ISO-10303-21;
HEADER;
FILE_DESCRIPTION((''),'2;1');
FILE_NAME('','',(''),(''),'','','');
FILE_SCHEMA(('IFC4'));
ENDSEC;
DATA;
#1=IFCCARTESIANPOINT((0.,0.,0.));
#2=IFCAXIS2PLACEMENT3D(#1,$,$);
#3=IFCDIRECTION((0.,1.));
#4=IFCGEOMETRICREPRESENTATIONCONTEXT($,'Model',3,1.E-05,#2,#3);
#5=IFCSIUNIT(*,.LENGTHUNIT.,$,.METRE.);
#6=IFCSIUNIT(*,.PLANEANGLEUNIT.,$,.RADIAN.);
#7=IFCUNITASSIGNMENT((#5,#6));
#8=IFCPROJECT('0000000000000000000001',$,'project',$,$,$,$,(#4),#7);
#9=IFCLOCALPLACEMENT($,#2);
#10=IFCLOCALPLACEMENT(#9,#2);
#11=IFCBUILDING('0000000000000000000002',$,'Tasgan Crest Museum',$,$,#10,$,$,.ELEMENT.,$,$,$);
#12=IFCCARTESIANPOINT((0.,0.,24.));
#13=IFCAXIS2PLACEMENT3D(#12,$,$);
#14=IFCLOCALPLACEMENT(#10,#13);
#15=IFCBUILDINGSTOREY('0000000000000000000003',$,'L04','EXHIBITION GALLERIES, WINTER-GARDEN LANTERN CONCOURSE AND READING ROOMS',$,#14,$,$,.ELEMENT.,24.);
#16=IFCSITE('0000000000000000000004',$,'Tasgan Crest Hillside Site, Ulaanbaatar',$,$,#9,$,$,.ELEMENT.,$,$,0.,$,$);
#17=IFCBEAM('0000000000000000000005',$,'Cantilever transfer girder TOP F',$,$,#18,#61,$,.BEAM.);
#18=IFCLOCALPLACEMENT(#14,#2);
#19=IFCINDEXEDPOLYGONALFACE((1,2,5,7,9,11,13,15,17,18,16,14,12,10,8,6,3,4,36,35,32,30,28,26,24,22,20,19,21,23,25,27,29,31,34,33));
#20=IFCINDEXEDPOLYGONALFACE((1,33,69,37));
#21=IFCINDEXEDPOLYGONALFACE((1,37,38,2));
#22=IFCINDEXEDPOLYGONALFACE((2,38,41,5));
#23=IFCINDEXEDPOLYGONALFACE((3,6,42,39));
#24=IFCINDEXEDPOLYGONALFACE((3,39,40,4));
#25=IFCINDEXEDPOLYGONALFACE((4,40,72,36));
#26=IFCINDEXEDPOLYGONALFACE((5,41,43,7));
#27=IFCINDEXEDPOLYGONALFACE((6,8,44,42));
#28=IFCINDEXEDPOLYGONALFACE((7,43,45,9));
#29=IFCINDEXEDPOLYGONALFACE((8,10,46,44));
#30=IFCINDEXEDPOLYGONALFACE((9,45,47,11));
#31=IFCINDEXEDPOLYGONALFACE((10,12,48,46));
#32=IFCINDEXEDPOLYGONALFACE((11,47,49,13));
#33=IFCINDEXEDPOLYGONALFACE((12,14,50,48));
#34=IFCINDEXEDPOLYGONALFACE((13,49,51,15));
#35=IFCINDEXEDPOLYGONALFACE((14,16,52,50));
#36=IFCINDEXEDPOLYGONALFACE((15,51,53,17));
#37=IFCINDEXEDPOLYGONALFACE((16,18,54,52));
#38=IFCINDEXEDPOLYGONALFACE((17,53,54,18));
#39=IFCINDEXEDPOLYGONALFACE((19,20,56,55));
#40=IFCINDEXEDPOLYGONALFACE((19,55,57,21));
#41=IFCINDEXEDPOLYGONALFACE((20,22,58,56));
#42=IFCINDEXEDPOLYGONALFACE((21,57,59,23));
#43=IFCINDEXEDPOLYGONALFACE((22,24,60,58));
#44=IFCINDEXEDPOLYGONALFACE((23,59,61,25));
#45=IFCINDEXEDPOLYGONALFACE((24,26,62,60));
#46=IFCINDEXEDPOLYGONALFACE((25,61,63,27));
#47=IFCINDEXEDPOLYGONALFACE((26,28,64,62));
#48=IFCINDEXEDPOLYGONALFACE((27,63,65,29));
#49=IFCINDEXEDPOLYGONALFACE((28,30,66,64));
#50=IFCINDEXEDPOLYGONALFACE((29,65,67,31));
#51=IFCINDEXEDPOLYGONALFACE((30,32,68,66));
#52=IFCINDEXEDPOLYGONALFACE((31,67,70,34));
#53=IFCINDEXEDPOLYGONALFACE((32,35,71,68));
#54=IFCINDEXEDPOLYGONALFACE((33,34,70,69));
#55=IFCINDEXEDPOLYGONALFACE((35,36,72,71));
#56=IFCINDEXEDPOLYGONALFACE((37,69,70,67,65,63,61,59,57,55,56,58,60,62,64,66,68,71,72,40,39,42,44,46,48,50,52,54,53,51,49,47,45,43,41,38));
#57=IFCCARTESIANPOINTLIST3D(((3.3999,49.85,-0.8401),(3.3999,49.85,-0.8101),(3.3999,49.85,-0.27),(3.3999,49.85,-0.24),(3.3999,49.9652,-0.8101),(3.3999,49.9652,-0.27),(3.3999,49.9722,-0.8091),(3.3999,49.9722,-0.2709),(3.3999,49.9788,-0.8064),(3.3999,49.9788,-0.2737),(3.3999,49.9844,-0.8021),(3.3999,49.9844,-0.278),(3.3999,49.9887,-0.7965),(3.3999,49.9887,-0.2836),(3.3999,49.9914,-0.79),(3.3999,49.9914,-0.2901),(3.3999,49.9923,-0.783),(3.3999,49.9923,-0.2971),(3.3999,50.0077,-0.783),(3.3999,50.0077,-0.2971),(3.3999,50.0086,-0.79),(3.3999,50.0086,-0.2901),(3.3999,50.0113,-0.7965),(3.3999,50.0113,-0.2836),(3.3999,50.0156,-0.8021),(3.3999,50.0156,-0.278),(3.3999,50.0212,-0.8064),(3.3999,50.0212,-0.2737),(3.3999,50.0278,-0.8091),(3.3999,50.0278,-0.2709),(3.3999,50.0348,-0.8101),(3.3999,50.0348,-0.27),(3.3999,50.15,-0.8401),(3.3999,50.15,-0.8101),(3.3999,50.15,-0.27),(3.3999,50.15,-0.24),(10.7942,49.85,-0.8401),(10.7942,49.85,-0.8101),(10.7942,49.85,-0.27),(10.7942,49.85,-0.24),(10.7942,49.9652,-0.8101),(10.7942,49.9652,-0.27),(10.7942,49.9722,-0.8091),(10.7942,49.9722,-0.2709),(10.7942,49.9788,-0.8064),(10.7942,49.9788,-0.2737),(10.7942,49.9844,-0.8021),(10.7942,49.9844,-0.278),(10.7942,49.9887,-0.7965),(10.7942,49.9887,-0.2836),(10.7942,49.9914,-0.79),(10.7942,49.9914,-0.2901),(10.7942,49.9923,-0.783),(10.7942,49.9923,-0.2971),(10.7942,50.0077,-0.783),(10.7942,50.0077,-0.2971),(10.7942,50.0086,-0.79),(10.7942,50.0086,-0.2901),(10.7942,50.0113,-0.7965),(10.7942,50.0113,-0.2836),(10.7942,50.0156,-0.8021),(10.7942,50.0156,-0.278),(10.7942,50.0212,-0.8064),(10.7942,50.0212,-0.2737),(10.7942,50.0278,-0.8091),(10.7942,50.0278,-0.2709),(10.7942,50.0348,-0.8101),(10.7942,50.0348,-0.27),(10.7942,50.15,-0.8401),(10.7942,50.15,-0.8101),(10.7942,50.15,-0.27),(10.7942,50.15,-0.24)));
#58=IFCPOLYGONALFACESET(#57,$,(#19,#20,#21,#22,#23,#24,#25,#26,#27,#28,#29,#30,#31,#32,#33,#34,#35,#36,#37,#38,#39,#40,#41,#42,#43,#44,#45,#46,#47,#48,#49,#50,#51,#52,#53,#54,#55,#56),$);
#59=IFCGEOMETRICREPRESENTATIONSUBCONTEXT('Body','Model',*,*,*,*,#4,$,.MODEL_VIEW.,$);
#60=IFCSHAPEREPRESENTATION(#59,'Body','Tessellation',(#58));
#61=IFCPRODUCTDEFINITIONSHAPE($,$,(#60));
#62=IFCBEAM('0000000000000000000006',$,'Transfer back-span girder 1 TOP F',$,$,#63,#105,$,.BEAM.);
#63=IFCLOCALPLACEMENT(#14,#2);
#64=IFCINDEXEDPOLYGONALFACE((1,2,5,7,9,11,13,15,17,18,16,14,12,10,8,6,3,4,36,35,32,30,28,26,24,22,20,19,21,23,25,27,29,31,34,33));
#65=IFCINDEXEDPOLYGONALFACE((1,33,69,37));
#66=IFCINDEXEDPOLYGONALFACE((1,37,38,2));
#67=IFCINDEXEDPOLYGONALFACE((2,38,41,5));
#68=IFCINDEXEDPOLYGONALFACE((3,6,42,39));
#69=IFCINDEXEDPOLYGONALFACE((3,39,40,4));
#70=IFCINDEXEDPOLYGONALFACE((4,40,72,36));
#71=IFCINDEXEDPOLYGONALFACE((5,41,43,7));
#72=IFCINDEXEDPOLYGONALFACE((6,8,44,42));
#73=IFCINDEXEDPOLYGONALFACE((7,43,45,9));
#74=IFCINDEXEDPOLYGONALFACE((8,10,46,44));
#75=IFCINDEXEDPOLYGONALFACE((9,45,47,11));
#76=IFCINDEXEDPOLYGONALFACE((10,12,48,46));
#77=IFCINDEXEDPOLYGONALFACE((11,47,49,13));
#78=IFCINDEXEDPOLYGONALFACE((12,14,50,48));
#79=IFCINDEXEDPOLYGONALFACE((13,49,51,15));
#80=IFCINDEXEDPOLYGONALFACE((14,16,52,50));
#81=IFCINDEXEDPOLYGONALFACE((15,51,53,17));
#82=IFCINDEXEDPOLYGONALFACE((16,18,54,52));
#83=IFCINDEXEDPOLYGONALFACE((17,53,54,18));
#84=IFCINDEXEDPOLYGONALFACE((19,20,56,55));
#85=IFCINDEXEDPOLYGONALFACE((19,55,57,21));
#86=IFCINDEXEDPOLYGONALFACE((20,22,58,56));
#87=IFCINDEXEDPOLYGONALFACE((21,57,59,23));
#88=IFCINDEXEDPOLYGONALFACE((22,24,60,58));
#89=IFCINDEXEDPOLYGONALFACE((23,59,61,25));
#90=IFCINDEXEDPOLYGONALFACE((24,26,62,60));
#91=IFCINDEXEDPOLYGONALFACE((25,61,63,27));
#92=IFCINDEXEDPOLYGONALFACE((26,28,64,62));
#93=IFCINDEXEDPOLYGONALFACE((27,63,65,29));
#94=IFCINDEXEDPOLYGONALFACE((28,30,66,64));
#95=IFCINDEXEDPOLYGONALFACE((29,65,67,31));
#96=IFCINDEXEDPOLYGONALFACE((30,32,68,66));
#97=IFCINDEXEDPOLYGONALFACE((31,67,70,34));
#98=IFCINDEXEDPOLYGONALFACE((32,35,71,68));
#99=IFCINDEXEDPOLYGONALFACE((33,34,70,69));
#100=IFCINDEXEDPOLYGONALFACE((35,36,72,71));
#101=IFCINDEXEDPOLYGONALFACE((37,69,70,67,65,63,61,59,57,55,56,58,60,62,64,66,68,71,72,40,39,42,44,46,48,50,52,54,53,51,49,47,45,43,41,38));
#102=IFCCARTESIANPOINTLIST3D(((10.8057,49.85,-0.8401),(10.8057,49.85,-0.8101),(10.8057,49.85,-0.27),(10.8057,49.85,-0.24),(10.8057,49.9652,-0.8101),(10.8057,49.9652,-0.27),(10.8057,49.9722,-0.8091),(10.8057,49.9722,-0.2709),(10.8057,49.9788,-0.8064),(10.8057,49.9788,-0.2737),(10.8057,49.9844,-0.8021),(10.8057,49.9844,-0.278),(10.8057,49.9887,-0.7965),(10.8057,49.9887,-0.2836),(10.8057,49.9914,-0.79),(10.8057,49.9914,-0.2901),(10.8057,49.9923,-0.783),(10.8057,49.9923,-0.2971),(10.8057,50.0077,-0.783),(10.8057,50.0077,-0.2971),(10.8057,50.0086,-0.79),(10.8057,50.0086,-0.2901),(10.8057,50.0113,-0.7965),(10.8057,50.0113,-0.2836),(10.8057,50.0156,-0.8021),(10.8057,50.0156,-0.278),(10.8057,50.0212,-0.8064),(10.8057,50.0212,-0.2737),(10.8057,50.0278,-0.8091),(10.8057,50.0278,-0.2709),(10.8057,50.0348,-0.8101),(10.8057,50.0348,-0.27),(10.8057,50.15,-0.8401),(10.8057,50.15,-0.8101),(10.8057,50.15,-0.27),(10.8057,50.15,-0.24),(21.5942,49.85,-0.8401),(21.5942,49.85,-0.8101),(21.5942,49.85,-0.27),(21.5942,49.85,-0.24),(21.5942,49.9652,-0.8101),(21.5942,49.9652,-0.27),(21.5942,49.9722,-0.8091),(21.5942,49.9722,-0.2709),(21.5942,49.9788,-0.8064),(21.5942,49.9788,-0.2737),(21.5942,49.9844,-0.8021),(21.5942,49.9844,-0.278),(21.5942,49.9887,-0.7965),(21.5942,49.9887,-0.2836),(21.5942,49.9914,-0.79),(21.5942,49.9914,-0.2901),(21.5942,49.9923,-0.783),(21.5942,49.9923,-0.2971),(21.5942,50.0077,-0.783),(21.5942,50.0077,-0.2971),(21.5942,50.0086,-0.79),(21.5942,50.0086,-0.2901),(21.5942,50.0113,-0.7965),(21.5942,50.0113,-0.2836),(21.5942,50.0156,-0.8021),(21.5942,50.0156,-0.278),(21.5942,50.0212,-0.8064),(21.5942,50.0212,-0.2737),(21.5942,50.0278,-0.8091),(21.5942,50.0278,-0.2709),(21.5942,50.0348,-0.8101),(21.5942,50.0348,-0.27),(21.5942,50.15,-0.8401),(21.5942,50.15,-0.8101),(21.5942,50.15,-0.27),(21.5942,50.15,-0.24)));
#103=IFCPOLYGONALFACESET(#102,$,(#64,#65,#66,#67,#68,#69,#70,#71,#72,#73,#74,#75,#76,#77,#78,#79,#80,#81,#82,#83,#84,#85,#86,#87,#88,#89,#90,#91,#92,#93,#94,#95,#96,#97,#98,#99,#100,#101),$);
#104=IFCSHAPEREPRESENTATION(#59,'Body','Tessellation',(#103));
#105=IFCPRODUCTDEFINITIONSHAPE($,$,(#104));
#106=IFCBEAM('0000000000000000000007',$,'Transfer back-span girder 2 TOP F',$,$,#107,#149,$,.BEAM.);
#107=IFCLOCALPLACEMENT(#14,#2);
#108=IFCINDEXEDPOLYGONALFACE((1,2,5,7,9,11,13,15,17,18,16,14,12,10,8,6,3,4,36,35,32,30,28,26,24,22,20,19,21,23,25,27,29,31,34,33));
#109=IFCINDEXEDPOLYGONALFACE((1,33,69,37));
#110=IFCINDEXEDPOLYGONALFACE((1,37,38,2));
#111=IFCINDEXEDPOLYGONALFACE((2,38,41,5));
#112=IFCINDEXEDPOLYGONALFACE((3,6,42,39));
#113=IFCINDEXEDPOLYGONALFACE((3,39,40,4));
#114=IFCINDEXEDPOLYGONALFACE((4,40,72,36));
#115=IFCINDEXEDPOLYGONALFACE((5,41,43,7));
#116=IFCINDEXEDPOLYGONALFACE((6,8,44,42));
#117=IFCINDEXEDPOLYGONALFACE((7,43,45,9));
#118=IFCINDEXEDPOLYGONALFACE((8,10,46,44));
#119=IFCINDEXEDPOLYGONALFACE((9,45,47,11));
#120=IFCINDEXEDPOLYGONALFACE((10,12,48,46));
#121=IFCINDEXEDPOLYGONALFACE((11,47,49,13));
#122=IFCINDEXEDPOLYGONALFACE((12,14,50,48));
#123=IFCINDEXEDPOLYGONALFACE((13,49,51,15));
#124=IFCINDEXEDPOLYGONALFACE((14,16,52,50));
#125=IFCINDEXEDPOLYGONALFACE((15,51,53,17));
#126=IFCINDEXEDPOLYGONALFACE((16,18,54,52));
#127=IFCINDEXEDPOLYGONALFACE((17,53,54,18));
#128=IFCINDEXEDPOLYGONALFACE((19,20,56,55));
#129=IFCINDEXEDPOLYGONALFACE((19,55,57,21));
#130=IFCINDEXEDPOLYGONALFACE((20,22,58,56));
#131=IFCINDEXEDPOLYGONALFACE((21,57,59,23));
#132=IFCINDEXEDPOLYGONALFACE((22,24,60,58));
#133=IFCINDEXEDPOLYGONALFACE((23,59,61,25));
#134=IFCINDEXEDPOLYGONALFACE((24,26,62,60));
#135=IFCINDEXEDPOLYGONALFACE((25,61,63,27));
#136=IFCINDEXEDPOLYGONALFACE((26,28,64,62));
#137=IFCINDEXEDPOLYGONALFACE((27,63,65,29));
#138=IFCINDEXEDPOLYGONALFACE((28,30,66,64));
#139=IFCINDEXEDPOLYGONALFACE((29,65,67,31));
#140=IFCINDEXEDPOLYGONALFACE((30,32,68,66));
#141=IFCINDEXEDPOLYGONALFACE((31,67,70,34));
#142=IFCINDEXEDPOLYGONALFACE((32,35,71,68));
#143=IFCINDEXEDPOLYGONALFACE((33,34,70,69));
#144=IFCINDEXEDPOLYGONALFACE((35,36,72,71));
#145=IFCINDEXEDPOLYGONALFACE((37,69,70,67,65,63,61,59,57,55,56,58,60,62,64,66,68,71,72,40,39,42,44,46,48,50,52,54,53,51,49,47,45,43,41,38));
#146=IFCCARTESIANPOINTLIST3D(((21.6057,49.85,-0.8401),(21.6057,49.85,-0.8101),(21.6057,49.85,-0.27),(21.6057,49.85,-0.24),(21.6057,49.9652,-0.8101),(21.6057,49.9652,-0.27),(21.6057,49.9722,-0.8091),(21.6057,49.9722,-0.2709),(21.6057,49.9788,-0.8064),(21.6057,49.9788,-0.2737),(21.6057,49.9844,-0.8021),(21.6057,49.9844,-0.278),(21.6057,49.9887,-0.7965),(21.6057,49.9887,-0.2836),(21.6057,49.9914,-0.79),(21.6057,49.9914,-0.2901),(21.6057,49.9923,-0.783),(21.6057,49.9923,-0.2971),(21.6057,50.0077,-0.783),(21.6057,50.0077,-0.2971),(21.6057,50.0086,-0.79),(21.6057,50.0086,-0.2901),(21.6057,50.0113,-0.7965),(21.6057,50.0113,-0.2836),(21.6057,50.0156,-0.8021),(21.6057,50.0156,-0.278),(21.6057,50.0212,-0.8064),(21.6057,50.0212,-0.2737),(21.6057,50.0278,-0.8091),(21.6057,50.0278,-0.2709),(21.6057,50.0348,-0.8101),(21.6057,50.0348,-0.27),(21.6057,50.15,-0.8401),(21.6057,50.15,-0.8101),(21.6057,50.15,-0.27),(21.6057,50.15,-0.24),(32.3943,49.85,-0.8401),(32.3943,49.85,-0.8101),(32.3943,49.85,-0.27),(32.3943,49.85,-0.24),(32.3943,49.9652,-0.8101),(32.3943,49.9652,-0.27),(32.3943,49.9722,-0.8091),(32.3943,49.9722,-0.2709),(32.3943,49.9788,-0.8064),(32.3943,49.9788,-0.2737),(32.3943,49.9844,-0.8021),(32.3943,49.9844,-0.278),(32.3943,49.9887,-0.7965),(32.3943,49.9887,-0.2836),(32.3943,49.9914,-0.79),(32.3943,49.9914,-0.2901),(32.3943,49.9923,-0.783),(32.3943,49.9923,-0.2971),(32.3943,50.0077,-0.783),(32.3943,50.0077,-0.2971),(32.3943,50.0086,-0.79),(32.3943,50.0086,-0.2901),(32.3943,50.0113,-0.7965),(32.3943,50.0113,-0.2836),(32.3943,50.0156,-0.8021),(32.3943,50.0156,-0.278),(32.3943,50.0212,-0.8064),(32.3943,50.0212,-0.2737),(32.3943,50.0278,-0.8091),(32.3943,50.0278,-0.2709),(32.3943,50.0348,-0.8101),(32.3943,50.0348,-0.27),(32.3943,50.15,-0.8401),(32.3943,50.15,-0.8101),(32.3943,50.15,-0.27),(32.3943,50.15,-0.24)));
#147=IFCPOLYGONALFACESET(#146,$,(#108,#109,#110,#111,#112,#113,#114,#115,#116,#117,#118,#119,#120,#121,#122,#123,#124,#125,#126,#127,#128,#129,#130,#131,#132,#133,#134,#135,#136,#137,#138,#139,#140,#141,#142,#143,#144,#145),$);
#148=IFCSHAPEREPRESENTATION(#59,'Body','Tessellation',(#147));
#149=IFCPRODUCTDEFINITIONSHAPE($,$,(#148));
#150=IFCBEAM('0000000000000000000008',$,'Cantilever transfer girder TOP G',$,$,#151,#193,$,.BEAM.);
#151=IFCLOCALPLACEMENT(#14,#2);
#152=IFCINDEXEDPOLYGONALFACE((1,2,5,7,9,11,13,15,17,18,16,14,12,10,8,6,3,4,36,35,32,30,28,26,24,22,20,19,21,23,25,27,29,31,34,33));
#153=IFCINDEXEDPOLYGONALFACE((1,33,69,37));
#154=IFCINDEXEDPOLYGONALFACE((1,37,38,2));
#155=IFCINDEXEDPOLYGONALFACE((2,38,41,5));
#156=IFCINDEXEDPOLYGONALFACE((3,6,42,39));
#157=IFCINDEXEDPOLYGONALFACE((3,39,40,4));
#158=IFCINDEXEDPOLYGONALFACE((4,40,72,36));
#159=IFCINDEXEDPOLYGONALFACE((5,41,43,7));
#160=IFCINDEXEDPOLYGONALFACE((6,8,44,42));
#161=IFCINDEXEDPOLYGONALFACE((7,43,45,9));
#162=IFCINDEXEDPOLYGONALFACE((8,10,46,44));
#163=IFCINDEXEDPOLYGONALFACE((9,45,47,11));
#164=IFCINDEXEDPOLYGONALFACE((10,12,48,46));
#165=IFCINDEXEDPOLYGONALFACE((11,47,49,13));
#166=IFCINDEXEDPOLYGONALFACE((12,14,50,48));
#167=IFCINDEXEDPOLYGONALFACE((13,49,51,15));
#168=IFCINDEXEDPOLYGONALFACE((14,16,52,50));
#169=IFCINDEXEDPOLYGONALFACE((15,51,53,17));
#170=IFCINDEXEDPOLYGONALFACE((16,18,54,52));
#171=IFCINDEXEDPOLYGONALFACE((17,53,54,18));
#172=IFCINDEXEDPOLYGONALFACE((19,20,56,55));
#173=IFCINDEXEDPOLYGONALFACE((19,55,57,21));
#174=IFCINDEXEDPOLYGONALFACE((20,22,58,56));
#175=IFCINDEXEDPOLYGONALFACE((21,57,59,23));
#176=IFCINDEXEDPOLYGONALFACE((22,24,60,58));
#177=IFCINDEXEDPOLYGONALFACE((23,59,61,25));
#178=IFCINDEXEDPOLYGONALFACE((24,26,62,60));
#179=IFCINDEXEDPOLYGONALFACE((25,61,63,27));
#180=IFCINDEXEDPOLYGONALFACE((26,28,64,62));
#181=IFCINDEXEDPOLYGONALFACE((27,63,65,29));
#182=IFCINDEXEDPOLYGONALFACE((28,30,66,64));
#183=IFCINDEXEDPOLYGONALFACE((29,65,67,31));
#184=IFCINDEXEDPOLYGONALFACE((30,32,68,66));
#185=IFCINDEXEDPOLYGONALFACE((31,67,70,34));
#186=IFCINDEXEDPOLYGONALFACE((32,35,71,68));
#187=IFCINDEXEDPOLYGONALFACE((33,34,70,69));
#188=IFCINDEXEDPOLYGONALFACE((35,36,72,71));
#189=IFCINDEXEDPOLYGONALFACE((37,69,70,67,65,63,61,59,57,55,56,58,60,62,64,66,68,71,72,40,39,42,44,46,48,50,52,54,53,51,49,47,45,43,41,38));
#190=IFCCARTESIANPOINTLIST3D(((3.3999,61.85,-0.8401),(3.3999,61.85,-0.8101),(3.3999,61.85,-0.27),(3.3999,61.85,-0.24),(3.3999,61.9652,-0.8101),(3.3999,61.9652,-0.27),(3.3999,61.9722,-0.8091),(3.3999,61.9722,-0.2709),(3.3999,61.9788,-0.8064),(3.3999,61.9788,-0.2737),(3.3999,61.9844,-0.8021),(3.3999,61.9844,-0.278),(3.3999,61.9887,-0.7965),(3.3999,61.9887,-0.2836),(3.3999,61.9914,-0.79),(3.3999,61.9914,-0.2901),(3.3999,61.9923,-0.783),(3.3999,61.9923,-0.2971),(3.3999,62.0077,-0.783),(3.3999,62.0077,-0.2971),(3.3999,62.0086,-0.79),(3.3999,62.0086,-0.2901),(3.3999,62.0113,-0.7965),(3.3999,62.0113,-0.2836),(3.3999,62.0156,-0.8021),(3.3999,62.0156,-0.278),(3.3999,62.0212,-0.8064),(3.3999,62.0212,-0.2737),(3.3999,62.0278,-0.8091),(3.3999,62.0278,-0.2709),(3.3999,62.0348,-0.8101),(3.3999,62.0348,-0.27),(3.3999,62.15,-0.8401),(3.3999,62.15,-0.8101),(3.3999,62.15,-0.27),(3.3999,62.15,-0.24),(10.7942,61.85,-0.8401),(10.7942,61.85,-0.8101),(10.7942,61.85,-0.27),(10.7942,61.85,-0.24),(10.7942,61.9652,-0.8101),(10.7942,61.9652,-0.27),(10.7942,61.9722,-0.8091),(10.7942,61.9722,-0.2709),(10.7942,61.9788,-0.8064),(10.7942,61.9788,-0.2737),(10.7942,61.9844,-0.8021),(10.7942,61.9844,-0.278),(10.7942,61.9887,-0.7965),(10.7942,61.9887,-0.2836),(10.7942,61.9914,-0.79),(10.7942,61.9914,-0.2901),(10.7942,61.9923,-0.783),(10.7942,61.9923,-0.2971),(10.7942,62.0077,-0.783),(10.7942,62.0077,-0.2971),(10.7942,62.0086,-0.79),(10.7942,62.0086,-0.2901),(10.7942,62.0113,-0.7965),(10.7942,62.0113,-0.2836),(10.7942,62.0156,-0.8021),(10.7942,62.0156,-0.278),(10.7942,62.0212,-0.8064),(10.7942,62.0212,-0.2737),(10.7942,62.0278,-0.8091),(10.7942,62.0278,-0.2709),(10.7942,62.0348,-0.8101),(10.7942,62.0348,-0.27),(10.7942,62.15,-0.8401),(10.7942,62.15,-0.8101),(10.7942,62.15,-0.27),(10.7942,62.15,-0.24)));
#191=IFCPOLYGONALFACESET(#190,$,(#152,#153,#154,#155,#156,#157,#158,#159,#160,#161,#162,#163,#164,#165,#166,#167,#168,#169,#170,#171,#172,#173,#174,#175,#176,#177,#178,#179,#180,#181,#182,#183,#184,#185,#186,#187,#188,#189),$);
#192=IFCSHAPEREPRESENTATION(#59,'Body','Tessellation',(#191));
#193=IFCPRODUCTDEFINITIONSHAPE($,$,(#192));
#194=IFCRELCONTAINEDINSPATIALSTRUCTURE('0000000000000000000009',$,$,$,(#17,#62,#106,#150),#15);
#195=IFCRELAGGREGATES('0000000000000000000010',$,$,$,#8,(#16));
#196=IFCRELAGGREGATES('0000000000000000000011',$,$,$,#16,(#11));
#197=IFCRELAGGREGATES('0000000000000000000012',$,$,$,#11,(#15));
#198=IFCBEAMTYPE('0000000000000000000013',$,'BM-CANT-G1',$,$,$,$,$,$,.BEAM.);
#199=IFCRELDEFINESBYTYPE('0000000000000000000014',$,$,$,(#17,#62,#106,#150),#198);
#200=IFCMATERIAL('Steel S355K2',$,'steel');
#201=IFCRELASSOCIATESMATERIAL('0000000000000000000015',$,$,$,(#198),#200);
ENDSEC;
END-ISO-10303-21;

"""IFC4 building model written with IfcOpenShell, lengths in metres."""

from ifc_helpers import new_model, si_unit, direction, frame, origin, origin_2d, place, context, subcontext, project, spatial, i_section, extrude, material, material_profile, profile_set, type_object, element, save


model = new_model("IFC4")

# Units and contexts
model_context = context("Model", 3, precision=1e-05, world=origin(), true_north=direction((0.0, 1.0)))
body_context = subcontext(model_context, "Body", "Model", "MODEL_VIEW")
ifc_project = project(units=[si_unit("LENGTHUNIT", "METRE"), si_unit("PLANEANGLEUNIT", "RADIAN")], contexts=[model_context])

# Site, building, storey
site_placement = place(None, origin())
site = spatial("IfcSite", under=ifc_project, at=site_placement, Name="Tasgan Crest Hillside Site, Ulaanbaatar", CompositionType="ELEMENT", RefElevation=0.0)
building_placement = place(site_placement, origin())
building = spatial("IfcBuilding", under=site, at=building_placement, Name="Tasgan Crest Museum", CompositionType="ELEMENT")
storey_placement = place(building_placement, frame((0.0, 0.0, 24.0)))
storey = spatial("IfcBuildingStorey", under=building, at=storey_placement, Name="L04", Description="EXHIBITION GALLERIES, WINTER-GARDEN LANTERN CONCOURSE AND READING ROOMS", CompositionType="ELEMENT", Elevation=24.0)

# Beams
ifc_material_1 = material(Name="Steel S355K2", Category="steel")
ifc_material_profile_1 = material_profile(ifc_material_1, i_section(OverallWidth=0.3, OverallDepth=0.6001, WebThickness=0.0154, FlangeThickness=0.03, FilletRadius=0.0271, at=origin_2d()), Name="HEB 600")
ifc_profile_set_1 = profile_set([ifc_material_profile_1], Name="Steel S355K2")
beam_type_1 = type_object("IfcBeamType", Name="BM-CANT-G1", PredefinedType="BEAM", material=ifc_profile_set_1)
beam_1_placement = place(storey_placement, frame((3.3999, 50.0, -0.54), z_axis=(1.0, 0.0, 0.0), x_axis=(0.0, 1.0, 0.0)))
element("IfcBeam", 1, at=beam_1_placement, inside=storey, type_object=beam_type_1, Name="Cantilever transfer girder TOP F", PredefinedType="BEAM", context=body_context, shape_type="SweptSolid", body=[
    extrude(i_section(OverallWidth=0.3, OverallDepth=0.6001, WebThickness=0.0154, FlangeThickness=0.03, FilletRadius=0.0271, at=origin_2d()), origin(), (0.0, 0.0, 1.0), 7.3943),
])
for number, where, z_axis, x_axis, name in (
    (2, (10.8057, 50.0, -0.54), (1.0, 0.0, 0.0), (0.0, 1.0, 0.0), "Transfer back-span girder 1 TOP F"),
    (3, (21.6057, 50.0, -0.54), (1.0, 0.0, 0.0), (0.0, 1.0, 0.0), "Transfer back-span girder 2 TOP F"),
):
    element("IfcBeam", number, at=place(storey_placement, frame(where, z_axis=z_axis, x_axis=x_axis)), inside=storey, type_object=beam_type_1, Name=name, PredefinedType="BEAM", context=body_context, shape_type="SweptSolid", body=[
        extrude(i_section(OverallWidth=0.3, OverallDepth=0.6001, WebThickness=0.0154, FlangeThickness=0.03, FilletRadius=0.0271, at=origin_2d()), origin(), (0.0, 0.0, 1.0), 10.7886),
    ])
beam_2_placement = place(storey_placement, frame((3.3999, 62.0, -0.54), z_axis=(1.0, 0.0, 0.0), x_axis=(0.0, 1.0, 0.0)))
element("IfcBeam", 4, at=beam_2_placement, inside=storey, type_object=beam_type_1, Name="Cantilever transfer girder TOP G", PredefinedType="BEAM", context=body_context, shape_type="SweptSolid", body=[
    extrude(i_section(OverallWidth=0.3, OverallDepth=0.6001, WebThickness=0.0154, FlangeThickness=0.03, FilletRadius=0.0271, at=origin_2d()), origin(), (0.0, 0.0, 1.0), 7.3943),
])

save(model, "model.ifc")
